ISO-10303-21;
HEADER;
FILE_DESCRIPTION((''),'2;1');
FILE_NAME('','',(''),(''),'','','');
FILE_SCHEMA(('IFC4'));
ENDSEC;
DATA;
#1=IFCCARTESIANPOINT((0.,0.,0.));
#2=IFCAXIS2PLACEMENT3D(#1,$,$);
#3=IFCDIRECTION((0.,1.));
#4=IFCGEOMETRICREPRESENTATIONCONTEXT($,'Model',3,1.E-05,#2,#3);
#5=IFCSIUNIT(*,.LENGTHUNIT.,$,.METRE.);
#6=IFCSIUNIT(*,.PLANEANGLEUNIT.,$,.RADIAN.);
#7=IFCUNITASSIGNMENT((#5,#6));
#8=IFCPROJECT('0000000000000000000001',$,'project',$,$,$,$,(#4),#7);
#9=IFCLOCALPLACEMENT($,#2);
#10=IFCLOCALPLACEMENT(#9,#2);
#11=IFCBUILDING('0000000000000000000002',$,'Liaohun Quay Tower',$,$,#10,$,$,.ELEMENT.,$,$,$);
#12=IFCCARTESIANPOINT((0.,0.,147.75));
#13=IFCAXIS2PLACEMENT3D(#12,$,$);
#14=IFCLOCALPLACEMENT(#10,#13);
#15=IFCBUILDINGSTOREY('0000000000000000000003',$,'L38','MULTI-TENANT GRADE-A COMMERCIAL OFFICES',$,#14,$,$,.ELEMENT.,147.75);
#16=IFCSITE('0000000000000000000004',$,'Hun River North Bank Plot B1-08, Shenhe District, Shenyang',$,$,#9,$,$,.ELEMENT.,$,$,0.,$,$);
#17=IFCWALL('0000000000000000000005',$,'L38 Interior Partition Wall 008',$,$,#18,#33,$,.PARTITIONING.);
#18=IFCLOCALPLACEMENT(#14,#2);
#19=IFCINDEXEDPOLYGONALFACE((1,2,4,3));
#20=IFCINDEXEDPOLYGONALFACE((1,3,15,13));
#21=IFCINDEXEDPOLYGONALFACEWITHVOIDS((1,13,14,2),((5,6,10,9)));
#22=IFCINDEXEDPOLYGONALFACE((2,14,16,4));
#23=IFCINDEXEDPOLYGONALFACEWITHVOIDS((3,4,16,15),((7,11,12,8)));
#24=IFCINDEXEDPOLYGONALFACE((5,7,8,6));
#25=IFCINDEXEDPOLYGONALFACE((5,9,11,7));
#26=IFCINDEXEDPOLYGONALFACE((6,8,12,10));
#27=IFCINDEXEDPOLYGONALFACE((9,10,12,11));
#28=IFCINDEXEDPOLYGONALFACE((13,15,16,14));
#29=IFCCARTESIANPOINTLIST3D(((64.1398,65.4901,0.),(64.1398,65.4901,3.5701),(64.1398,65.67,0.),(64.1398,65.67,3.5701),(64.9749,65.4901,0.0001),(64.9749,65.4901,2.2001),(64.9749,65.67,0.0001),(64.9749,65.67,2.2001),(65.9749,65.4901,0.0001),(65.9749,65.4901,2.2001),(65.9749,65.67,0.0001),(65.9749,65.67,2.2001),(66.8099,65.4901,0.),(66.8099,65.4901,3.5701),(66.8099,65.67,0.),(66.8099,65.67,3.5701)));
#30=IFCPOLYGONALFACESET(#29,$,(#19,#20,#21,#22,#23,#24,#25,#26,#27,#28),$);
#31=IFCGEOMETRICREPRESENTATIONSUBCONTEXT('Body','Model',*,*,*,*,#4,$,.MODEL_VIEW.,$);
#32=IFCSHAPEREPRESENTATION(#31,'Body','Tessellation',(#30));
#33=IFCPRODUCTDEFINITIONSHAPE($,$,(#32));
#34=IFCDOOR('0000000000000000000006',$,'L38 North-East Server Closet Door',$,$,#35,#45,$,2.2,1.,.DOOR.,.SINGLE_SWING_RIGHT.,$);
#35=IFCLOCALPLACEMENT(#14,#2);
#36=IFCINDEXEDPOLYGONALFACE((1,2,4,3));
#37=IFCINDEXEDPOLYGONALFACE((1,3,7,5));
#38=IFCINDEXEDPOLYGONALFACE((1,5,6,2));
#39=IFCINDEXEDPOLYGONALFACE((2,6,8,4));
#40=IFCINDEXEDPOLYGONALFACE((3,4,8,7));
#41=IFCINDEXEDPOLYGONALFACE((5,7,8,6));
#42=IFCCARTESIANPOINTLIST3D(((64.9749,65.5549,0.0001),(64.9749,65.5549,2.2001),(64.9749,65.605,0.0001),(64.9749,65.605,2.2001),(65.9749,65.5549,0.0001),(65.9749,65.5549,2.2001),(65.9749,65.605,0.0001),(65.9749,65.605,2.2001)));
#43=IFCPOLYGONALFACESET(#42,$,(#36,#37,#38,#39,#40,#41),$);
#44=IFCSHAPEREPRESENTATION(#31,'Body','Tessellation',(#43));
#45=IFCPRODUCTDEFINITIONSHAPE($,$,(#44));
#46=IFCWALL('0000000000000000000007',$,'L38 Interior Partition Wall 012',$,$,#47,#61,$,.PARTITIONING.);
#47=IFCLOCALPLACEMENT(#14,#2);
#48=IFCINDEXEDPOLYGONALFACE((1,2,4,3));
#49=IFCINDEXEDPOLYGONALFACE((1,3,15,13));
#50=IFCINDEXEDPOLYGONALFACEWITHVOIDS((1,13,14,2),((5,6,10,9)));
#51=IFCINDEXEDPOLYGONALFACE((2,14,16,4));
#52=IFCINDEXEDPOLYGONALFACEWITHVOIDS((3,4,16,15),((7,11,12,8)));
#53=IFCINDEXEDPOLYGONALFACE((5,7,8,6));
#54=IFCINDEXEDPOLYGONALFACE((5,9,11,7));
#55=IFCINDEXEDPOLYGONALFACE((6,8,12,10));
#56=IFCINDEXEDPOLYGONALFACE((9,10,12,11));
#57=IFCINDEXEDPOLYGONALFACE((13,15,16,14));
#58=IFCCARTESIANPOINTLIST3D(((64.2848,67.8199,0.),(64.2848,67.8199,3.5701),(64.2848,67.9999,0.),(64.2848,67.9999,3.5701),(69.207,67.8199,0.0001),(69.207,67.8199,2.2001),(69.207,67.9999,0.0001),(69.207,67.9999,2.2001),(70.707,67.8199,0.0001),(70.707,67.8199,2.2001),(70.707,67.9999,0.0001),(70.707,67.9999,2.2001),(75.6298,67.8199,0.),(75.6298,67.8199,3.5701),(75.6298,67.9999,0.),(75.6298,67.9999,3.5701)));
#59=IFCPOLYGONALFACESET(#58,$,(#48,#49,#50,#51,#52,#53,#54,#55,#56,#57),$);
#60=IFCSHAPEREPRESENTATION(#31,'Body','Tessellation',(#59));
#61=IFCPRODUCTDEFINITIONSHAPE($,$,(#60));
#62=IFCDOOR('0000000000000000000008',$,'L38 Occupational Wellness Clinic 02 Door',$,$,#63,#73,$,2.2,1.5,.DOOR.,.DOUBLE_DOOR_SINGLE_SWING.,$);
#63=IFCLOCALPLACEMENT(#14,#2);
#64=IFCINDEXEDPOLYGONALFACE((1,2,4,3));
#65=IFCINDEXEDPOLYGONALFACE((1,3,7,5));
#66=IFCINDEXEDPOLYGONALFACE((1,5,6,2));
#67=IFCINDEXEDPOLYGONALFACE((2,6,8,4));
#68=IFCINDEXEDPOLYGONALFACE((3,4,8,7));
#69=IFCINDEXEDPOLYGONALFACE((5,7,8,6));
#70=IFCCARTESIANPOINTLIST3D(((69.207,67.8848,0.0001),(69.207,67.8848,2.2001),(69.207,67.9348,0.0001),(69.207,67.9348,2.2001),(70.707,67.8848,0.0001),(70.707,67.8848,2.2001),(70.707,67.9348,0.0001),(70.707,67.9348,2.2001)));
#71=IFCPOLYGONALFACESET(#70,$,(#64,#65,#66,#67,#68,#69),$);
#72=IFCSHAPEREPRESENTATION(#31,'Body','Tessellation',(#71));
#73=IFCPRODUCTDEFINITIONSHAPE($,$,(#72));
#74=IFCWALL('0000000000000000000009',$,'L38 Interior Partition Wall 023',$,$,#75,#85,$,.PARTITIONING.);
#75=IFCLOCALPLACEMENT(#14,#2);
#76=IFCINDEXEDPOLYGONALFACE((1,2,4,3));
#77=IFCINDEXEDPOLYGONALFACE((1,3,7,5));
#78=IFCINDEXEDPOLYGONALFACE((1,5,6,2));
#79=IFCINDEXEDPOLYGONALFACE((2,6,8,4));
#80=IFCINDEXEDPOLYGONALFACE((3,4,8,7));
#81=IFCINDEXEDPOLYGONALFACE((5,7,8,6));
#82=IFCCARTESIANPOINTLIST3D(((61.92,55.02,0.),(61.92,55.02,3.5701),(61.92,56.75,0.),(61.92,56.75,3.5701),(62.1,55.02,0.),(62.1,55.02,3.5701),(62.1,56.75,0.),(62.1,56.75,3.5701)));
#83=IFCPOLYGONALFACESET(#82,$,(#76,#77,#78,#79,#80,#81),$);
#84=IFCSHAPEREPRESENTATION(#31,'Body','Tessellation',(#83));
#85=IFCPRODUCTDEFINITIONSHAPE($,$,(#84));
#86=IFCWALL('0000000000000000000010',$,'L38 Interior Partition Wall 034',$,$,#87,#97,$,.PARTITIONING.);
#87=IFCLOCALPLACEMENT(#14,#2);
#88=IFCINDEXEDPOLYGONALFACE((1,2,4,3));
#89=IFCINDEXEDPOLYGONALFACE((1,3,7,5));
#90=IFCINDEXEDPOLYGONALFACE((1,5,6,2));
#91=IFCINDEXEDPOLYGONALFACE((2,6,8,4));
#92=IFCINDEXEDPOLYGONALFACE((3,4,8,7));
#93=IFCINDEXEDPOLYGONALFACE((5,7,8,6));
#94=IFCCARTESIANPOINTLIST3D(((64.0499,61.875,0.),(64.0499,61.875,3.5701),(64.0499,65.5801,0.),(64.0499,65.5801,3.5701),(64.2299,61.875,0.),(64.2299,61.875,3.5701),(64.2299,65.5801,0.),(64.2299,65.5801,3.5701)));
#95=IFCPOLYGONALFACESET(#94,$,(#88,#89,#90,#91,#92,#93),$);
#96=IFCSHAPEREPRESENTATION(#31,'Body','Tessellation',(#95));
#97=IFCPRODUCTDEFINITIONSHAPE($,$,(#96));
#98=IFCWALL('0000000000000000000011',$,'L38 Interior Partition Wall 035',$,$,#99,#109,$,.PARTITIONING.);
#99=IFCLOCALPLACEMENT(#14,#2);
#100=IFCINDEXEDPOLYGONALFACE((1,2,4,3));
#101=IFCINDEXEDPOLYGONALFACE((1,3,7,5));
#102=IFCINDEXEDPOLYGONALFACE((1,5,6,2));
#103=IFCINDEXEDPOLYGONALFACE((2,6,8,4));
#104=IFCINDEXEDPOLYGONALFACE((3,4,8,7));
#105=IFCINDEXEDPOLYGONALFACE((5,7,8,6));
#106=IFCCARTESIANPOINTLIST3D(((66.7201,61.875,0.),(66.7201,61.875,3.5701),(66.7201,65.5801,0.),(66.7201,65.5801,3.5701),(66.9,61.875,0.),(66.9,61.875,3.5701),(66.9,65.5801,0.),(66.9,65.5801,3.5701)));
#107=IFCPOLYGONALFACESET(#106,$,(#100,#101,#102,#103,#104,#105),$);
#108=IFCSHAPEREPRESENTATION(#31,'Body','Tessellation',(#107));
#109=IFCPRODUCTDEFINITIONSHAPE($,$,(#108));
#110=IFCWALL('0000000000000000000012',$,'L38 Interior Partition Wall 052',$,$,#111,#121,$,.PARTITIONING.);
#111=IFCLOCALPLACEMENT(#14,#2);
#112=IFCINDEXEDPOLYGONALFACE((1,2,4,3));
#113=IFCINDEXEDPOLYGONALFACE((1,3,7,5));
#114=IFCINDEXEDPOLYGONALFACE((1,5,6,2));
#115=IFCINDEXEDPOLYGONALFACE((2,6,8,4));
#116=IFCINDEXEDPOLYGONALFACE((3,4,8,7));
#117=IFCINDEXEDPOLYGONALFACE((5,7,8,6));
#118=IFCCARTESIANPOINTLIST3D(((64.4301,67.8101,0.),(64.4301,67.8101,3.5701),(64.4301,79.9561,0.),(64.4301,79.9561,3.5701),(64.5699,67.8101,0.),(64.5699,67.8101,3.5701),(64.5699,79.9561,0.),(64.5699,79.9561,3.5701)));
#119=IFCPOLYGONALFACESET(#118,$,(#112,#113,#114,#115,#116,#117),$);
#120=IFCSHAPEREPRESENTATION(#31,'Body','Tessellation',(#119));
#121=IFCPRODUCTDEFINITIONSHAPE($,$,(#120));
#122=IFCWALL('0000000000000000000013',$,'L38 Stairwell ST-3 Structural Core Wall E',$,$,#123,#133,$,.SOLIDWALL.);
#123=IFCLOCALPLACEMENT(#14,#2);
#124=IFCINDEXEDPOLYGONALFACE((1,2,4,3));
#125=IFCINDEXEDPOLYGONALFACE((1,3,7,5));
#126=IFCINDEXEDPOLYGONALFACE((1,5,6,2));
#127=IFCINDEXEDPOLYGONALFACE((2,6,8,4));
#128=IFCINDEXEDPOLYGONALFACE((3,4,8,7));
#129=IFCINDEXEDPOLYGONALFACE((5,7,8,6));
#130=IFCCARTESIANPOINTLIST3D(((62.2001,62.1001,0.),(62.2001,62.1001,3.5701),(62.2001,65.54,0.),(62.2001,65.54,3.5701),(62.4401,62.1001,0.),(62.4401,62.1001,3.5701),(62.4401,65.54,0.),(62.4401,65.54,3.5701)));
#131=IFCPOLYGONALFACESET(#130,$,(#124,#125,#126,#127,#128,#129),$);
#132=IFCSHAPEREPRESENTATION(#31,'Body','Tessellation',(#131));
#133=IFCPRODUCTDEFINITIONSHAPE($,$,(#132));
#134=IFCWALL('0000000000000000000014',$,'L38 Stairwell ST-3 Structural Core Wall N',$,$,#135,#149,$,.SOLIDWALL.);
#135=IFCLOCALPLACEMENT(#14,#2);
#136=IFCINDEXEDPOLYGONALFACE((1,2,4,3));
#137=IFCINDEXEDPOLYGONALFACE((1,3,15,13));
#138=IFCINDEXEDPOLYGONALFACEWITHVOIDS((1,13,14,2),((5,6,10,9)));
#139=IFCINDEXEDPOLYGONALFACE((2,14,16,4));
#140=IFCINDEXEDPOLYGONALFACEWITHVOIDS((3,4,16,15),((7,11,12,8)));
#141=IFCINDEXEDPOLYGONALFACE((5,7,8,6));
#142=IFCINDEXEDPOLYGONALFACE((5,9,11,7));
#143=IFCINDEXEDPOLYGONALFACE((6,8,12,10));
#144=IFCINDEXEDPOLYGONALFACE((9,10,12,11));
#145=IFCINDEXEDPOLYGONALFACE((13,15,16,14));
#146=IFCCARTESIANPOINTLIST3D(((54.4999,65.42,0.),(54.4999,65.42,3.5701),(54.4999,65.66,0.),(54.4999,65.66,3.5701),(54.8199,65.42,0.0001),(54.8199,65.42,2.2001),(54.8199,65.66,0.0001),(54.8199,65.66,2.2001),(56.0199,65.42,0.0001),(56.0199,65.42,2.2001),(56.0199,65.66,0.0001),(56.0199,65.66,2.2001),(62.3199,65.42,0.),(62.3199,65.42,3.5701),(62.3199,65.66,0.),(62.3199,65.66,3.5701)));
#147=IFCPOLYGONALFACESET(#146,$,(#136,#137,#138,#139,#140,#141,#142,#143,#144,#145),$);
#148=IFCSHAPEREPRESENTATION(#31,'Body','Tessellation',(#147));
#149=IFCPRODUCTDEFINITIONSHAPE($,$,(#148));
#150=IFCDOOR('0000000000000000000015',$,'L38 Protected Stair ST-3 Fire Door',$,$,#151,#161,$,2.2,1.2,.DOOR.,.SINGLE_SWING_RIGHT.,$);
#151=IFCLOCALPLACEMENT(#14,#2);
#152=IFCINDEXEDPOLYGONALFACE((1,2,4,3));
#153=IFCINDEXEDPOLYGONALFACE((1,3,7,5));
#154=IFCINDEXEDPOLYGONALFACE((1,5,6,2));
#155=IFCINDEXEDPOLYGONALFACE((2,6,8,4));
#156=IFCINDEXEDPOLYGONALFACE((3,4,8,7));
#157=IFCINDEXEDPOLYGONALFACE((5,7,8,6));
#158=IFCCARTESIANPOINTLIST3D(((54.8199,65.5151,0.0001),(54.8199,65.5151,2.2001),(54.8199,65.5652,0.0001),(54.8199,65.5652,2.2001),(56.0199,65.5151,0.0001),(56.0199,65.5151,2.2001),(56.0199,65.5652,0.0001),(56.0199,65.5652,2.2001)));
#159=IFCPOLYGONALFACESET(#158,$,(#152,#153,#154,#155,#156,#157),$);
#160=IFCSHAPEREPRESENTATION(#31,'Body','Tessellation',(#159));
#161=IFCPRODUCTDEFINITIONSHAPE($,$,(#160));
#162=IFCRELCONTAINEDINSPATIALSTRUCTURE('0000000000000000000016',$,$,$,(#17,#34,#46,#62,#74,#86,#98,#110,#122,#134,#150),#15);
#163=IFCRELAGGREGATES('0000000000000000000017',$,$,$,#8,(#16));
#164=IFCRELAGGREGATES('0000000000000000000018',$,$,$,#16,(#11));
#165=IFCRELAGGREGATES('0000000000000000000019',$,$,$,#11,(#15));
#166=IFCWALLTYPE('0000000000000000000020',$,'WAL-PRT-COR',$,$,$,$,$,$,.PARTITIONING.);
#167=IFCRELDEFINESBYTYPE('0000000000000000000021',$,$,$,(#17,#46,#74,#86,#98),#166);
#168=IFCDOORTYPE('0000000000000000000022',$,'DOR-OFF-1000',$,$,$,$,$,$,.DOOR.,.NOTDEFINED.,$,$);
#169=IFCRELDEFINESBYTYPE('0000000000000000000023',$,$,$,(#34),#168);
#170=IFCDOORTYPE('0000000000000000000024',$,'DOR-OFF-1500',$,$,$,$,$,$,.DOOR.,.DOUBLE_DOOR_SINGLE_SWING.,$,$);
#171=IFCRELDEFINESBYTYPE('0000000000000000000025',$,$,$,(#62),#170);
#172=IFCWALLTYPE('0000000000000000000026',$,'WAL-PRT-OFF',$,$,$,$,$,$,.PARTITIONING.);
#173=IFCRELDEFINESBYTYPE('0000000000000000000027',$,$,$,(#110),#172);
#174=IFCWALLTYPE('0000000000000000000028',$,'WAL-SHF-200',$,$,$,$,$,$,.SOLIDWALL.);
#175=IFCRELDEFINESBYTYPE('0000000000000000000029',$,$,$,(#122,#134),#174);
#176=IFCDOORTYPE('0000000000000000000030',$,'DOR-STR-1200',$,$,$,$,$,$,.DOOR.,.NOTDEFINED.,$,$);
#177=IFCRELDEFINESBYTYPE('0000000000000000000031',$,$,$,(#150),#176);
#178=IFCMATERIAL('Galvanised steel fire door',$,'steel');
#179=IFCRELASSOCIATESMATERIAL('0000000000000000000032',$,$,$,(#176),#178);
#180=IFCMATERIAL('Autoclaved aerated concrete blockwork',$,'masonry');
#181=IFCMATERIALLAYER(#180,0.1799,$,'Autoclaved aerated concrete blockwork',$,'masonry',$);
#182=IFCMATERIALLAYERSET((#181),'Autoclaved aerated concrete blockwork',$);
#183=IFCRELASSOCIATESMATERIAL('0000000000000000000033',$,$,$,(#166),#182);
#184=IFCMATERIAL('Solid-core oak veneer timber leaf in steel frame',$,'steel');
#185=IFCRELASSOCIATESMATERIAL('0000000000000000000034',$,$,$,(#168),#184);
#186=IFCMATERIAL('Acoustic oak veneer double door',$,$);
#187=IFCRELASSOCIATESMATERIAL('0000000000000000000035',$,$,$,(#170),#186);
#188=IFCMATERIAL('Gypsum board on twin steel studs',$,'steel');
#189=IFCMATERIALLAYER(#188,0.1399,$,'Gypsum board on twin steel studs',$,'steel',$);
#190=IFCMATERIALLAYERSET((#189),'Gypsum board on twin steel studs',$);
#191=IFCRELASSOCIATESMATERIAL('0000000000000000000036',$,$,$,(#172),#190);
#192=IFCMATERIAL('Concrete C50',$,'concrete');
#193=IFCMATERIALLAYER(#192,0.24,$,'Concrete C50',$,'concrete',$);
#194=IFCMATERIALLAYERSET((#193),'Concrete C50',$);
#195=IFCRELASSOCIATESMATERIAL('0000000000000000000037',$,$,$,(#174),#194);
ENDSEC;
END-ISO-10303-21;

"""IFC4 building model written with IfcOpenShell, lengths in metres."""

from ifc_helpers import new_model, si_unit, direction, frame, frame_2d, origin, place, context, subcontext, project, spatial, rectangle, extrude, source, transform, mapped, material, layer, layer_set, type_object, element, fill, save


model = new_model("IFC4")

# Units and contexts
model_context = context("Model", 3, precision=1e-05, world=origin(), true_north=direction((0.0, 1.0)))
body_context = subcontext(model_context, "Body", "Model", "MODEL_VIEW")
ifc_project = project(units=[si_unit("LENGTHUNIT", "METRE"), si_unit("PLANEANGLEUNIT", "RADIAN")], contexts=[model_context])

# Site, building, storey
site_placement = place(None, origin())
site = spatial("IfcSite", under=ifc_project, at=site_placement, Name="Hun River North Bank Plot B1-08, Shenhe District, Shenyang", CompositionType="ELEMENT", RefElevation=0.0)
building_placement = place(site_placement, origin())
building = spatial("IfcBuilding", under=site, at=building_placement, Name="Liaohun Quay Tower", CompositionType="ELEMENT")
storey_placement = place(building_placement, frame((0.0, 0.0, 147.75)))
storey = spatial("IfcBuildingStorey", under=building, at=storey_placement, Name="L38", Description="MULTI-TENANT GRADE-A COMMERCIAL OFFICES", CompositionType="ELEMENT", Elevation=147.75)

# Walls, openings, doors
ifc_material_1 = material(Name="Galvanised steel fire door", Category="steel")
door_type_1 = type_object("IfcDoorType", Name="DOR-STR-1200", OperationType="NOTDEFINED", PredefinedType="DOOR", material=ifc_material_1)
shared_shape_1 = source(origin(), body_context, "Body", "SweptSolid", [
    extrude(rectangle(XDim=1.2, YDim=2.2, at=frame_2d((0.6001, 1.1001))), frame((0.0, 0.0249, 0.0), z_axis=(0.0, -1.0, 0.0), x_axis=(1.0, 0.0, 0.0)), (0.0, 0.0, 1.0), 0.05),
])
ifc_material_2 = material(Name="Autoclaved aerated concrete blockwork", Category="masonry")
ifc_layer_1 = layer(ifc_material_2, 0.1799, Name="Autoclaved aerated concrete blockwork", Category="masonry")
ifc_layer_set_1 = layer_set([ifc_layer_1], Name="Autoclaved aerated concrete blockwork")
wall_type_1 = type_object("IfcWallType", Name="WAL-PRT-COR", PredefinedType="PARTITIONING", material=ifc_layer_set_1)
wall_1_placement = place(storey_placement, frame((64.1399, 65.5801, 0.0), z_axis=(0.0, 0.0, 1.0), x_axis=(1.0, 0.0, 0.0)))
wall_1 = element("IfcWall", 1, at=wall_1_placement, inside=storey, type_object=wall_type_1, Name="L38 Interior Partition Wall 008", PredefinedType="PARTITIONING", context=body_context, shape_type="SweptSolid", body=[
    extrude(rectangle(XDim=2.6702, YDim=0.1799, at=frame_2d((1.335, 0.0))), origin(), (0.0, 0.0, 1.0), 3.5701),
])
shared_shape_2 = source(origin(), body_context, "Body", "SweptSolid", [
    extrude(rectangle(XDim=1.0, YDim=2.2, at=frame_2d((0.5, 1.1001))), frame((0.0, 0.0999, 0.0), z_axis=(0.0, -1.0, 0.0), x_axis=(1.0, 0.0, 0.0)), (0.0, 0.0, 1.0), 0.2),
])
opening_1_placement = place(wall_1_placement, frame((0.835, 0.0, 0.0)))
opening_1 = element("IfcOpeningElement", 2, at=opening_1_placement, cuts=wall_1, PredefinedType="OPENING", context=body_context, shape_type="MappedRepresentation", body=[
    mapped(shared_shape_2, transform((0.0, 0.0, 0.0), x_axis=(1.0, 0.0, 0.0), y_axis=(0.0, 1.0, 0.0), z_axis=(0.0, 0.0, 1.0), scale=1.0)),
])
ifc_material_3 = material(Name="Solid-core oak veneer timber leaf in steel frame", Category="steel")
door_type_2 = type_object("IfcDoorType", Name="DOR-OFF-1000", OperationType="NOTDEFINED", PredefinedType="DOOR", material=ifc_material_3)
shared_shape_3 = source(origin(), body_context, "Body", "SweptSolid", [
    extrude(rectangle(XDim=1.0, YDim=2.2, at=frame_2d((0.5, 1.1001))), frame((0.0, 0.0249, 0.0), z_axis=(0.0, -1.0, 0.0), x_axis=(1.0, 0.0, 0.0)), (0.0, 0.0, 1.0), 0.05),
])
door_1_placement = place(opening_1_placement, origin())
door_1 = element("IfcDoor", 3, at=door_1_placement, inside=storey, type_object=door_type_2, Name="L38 North-East Server Closet Door", OperationType="SINGLE_SWING_RIGHT", OverallHeight=2.2, OverallWidth=1.0, PredefinedType="DOOR", context=body_context, shape_type="MappedRepresentation", body=[
    mapped(shared_shape_3, transform((0.0, 0.0, 0.0), x_axis=(1.0, 0.0, 0.0), y_axis=(0.0, 1.0, 0.0), z_axis=(0.0, 0.0, 1.0), scale=1.0)),
])
fill(opening_1, door_1)
wall_2_placement = place(storey_placement, frame((64.2849, 67.9099, 0.0), z_axis=(0.0, 0.0, 1.0), x_axis=(1.0, 0.0, 0.0)))
wall_2 = element("IfcWall", 4, at=wall_2_placement, inside=storey, type_object=wall_type_1, Name="L38 Interior Partition Wall 012", PredefinedType="PARTITIONING", context=body_context, shape_type="SweptSolid", body=[
    extrude(rectangle(XDim=11.345, YDim=0.1799, at=frame_2d((5.6724, 0.0))), origin(), (0.0, 0.0, 1.0), 3.5701),
])
shared_shape_4 = source(origin(), body_context, "Body", "SweptSolid", [
    extrude(rectangle(XDim=1.5, YDim=2.2, at=frame_2d((0.75, 1.1001))), frame((0.0, 0.0999, 0.0), z_axis=(0.0, -1.0, 0.0), x_axis=(1.0, 0.0, 0.0)), (0.0, 0.0, 1.0), 0.2),
])
opening_2_placement = place(wall_2_placement, frame((4.9221, 0.0, 0.0)))
opening_2 = element("IfcOpeningElement", 5, at=opening_2_placement, cuts=wall_2, PredefinedType="OPENING", context=body_context, shape_type="MappedRepresentation", body=[
    mapped(shared_shape_4, transform((0.0, 0.0, 0.0), x_axis=(1.0, 0.0, 0.0), y_axis=(0.0, 1.0, 0.0), z_axis=(0.0, 0.0, 1.0), scale=1.0)),
])
ifc_material_4 = material(Name="Acoustic oak veneer double door")
door_type_3 = type_object("IfcDoorType", Name="DOR-OFF-1500", OperationType="DOUBLE_DOOR_SINGLE_SWING", PredefinedType="DOOR", material=ifc_material_4)
shared_shape_5 = source(origin(), body_context, "Body", "SweptSolid", [
    extrude(rectangle(XDim=1.5, YDim=2.2, at=frame_2d((0.75, 1.1001))), frame((0.0, 0.0249, 0.0), z_axis=(0.0, -1.0, 0.0), x_axis=(1.0, 0.0, 0.0)), (0.0, 0.0, 1.0), 0.05),
])
door_2_placement = place(opening_2_placement, origin())
door_2 = element("IfcDoor", 6, at=door_2_placement, inside=storey, type_object=door_type_3, Name="L38 Occupational Wellness Clinic 02 Door", OperationType="DOUBLE_DOOR_SINGLE_SWING", OverallHeight=2.2, OverallWidth=1.5, PredefinedType="DOOR", context=body_context, shape_type="MappedRepresentation", body=[
    mapped(shared_shape_5, transform((0.0, 0.0, 0.0), x_axis=(1.0, 0.0, 0.0), y_axis=(0.0, 1.0, 0.0), z_axis=(0.0, 0.0, 1.0), scale=1.0)),
])
fill(opening_2, door_2)

# Walls
wall_3_placement = place(storey_placement, frame((62.01, 55.02, 0.0), z_axis=(0.0, 0.0, 1.0), x_axis=(0.0, 1.0, 0.0)))
element("IfcWall", 7, at=wall_3_placement, inside=storey, type_object=wall_type_1, Name="L38 Interior Partition Wall 023", PredefinedType="PARTITIONING", context=body_context, shape_type="SweptSolid", body=[
    extrude(rectangle(XDim=1.73, YDim=0.1799, at=frame_2d((0.865, 0.0))), origin(), (0.0, 0.0, 1.0), 3.5701),
])
for number, where, z_axis, x_axis, name in (
    (8, (64.1399, 61.875, 0.0), (0.0, 0.0, 1.0), (0.0, 1.0, 0.0), "L38 Interior Partition Wall 034"),
    (9, (66.8101, 61.875, 0.0), (0.0, 0.0, 1.0), (0.0, 1.0, 0.0), "L38 Interior Partition Wall 035"),
):
    element("IfcWall", number, at=place(storey_placement, frame(where, z_axis=z_axis, x_axis=x_axis)), inside=storey, type_object=wall_type_1, Name=name, PredefinedType="PARTITIONING", context=body_context, shape_type="SweptSolid", body=[
        extrude(rectangle(XDim=3.7051, YDim=0.1799, at=frame_2d((1.8525, 0.0))), origin(), (0.0, 0.0, 1.0), 3.5701),
    ])
ifc_material_5 = material(Name="Gypsum board on twin steel studs", Category="steel")
ifc_layer_2 = layer(ifc_material_5, 0.1399, Name="Gypsum board on twin steel studs", Category="steel")
ifc_layer_set_2 = layer_set([ifc_layer_2], Name="Gypsum board on twin steel studs")
wall_type_2 = type_object("IfcWallType", Name="WAL-PRT-OFF", PredefinedType="PARTITIONING", material=ifc_layer_set_2)
wall_4_placement = place(storey_placement, frame((64.5, 67.8101, 0.0), z_axis=(0.0, 0.0, 1.0), x_axis=(0.0, 1.0, 0.0)))
element("IfcWall", 10, at=wall_4_placement, inside=storey, type_object=wall_type_2, Name="L38 Interior Partition Wall 052", PredefinedType="PARTITIONING", context=body_context, shape_type="SweptSolid", body=[
    extrude(rectangle(XDim=12.146, YDim=0.1399, at=frame_2d((6.073, 0.0))), origin(), (0.0, 0.0, 1.0), 3.5701),
])
ifc_material_6 = material(Name="Concrete C50", Category="concrete")
ifc_layer_3 = layer(ifc_material_6, 0.24, Name="Concrete C50", Category="concrete")
ifc_layer_set_3 = layer_set([ifc_layer_3], Name="Concrete C50")
wall_type_3 = type_object("IfcWallType", Name="WAL-SHF-200", PredefinedType="SOLIDWALL", material=ifc_layer_set_3)
wall_5_placement = place(storey_placement, frame((62.3201, 62.1001, 0.0), z_axis=(0.0, 0.0, 1.0), x_axis=(0.0, 1.0, 0.0)))
element("IfcWall", 11, at=wall_5_placement, inside=storey, type_object=wall_type_3, Name="L38 Stairwell ST-3 Structural Core Wall E", PredefinedType="SOLIDWALL", context=body_context, shape_type="SweptSolid", body=[
    extrude(rectangle(XDim=3.4399, YDim=0.24, at=frame_2d((1.72, 0.0))), origin(), (0.0, 0.0, 1.0), 3.5701),
])

# Wall, opening, door
wall_6_placement = place(storey_placement, frame((62.3201, 65.54, 0.0), z_axis=(0.0, 0.0, 1.0), x_axis=(-1.0, 0.0, 0.0)))
wall_6 = element("IfcWall", 12, at=wall_6_placement, inside=storey, type_object=wall_type_3, Name="L38 Stairwell ST-3 Structural Core Wall N", PredefinedType="SOLIDWALL", context=body_context, shape_type="SweptSolid", body=[
    extrude(rectangle(XDim=7.8201, YDim=0.24, at=frame_2d((3.9102, 0.0))), origin(), (0.0, 0.0, 1.0), 3.5701),
])
shared_shape_6 = source(origin(), body_context, "Body", "SweptSolid", [
    extrude(rectangle(XDim=1.2, YDim=2.2, at=frame_2d((0.6001, 1.1001))), frame((0.0, 0.1299, 0.0), z_axis=(0.0, -1.0, 0.0), x_axis=(1.0, 0.0, 0.0)), (0.0, 0.0, 1.0), 0.26),
])
opening_3_placement = place(wall_6_placement, frame((6.3, 0.0, 0.0)))
opening_3 = element("IfcOpeningElement", 13, at=opening_3_placement, cuts=wall_6, PredefinedType="OPENING", context=body_context, shape_type="MappedRepresentation", body=[
    mapped(shared_shape_6, transform((0.0, 0.0, 0.0), x_axis=(1.0, 0.0, 0.0), y_axis=(0.0, 1.0, 0.0), z_axis=(0.0, 0.0, 1.0), scale=1.0)),
])
door_3_placement = place(opening_3_placement, origin())
door_3 = element("IfcDoor", 14, at=door_3_placement, inside=storey, type_object=door_type_1, Name="L38 Protected Stair ST-3 Fire Door", OperationType="SINGLE_SWING_RIGHT", OverallHeight=2.2, OverallWidth=1.2, PredefinedType="DOOR", context=body_context, shape_type="MappedRepresentation", body=[
    mapped(shared_shape_1, transform((0.0, 0.0, 0.0), x_axis=(1.0, 0.0, 0.0), y_axis=(0.0, 1.0, 0.0), z_axis=(0.0, 0.0, 1.0), scale=1.0)),
])
fill(opening_3, door_3)

save(model, "model.ifc")
